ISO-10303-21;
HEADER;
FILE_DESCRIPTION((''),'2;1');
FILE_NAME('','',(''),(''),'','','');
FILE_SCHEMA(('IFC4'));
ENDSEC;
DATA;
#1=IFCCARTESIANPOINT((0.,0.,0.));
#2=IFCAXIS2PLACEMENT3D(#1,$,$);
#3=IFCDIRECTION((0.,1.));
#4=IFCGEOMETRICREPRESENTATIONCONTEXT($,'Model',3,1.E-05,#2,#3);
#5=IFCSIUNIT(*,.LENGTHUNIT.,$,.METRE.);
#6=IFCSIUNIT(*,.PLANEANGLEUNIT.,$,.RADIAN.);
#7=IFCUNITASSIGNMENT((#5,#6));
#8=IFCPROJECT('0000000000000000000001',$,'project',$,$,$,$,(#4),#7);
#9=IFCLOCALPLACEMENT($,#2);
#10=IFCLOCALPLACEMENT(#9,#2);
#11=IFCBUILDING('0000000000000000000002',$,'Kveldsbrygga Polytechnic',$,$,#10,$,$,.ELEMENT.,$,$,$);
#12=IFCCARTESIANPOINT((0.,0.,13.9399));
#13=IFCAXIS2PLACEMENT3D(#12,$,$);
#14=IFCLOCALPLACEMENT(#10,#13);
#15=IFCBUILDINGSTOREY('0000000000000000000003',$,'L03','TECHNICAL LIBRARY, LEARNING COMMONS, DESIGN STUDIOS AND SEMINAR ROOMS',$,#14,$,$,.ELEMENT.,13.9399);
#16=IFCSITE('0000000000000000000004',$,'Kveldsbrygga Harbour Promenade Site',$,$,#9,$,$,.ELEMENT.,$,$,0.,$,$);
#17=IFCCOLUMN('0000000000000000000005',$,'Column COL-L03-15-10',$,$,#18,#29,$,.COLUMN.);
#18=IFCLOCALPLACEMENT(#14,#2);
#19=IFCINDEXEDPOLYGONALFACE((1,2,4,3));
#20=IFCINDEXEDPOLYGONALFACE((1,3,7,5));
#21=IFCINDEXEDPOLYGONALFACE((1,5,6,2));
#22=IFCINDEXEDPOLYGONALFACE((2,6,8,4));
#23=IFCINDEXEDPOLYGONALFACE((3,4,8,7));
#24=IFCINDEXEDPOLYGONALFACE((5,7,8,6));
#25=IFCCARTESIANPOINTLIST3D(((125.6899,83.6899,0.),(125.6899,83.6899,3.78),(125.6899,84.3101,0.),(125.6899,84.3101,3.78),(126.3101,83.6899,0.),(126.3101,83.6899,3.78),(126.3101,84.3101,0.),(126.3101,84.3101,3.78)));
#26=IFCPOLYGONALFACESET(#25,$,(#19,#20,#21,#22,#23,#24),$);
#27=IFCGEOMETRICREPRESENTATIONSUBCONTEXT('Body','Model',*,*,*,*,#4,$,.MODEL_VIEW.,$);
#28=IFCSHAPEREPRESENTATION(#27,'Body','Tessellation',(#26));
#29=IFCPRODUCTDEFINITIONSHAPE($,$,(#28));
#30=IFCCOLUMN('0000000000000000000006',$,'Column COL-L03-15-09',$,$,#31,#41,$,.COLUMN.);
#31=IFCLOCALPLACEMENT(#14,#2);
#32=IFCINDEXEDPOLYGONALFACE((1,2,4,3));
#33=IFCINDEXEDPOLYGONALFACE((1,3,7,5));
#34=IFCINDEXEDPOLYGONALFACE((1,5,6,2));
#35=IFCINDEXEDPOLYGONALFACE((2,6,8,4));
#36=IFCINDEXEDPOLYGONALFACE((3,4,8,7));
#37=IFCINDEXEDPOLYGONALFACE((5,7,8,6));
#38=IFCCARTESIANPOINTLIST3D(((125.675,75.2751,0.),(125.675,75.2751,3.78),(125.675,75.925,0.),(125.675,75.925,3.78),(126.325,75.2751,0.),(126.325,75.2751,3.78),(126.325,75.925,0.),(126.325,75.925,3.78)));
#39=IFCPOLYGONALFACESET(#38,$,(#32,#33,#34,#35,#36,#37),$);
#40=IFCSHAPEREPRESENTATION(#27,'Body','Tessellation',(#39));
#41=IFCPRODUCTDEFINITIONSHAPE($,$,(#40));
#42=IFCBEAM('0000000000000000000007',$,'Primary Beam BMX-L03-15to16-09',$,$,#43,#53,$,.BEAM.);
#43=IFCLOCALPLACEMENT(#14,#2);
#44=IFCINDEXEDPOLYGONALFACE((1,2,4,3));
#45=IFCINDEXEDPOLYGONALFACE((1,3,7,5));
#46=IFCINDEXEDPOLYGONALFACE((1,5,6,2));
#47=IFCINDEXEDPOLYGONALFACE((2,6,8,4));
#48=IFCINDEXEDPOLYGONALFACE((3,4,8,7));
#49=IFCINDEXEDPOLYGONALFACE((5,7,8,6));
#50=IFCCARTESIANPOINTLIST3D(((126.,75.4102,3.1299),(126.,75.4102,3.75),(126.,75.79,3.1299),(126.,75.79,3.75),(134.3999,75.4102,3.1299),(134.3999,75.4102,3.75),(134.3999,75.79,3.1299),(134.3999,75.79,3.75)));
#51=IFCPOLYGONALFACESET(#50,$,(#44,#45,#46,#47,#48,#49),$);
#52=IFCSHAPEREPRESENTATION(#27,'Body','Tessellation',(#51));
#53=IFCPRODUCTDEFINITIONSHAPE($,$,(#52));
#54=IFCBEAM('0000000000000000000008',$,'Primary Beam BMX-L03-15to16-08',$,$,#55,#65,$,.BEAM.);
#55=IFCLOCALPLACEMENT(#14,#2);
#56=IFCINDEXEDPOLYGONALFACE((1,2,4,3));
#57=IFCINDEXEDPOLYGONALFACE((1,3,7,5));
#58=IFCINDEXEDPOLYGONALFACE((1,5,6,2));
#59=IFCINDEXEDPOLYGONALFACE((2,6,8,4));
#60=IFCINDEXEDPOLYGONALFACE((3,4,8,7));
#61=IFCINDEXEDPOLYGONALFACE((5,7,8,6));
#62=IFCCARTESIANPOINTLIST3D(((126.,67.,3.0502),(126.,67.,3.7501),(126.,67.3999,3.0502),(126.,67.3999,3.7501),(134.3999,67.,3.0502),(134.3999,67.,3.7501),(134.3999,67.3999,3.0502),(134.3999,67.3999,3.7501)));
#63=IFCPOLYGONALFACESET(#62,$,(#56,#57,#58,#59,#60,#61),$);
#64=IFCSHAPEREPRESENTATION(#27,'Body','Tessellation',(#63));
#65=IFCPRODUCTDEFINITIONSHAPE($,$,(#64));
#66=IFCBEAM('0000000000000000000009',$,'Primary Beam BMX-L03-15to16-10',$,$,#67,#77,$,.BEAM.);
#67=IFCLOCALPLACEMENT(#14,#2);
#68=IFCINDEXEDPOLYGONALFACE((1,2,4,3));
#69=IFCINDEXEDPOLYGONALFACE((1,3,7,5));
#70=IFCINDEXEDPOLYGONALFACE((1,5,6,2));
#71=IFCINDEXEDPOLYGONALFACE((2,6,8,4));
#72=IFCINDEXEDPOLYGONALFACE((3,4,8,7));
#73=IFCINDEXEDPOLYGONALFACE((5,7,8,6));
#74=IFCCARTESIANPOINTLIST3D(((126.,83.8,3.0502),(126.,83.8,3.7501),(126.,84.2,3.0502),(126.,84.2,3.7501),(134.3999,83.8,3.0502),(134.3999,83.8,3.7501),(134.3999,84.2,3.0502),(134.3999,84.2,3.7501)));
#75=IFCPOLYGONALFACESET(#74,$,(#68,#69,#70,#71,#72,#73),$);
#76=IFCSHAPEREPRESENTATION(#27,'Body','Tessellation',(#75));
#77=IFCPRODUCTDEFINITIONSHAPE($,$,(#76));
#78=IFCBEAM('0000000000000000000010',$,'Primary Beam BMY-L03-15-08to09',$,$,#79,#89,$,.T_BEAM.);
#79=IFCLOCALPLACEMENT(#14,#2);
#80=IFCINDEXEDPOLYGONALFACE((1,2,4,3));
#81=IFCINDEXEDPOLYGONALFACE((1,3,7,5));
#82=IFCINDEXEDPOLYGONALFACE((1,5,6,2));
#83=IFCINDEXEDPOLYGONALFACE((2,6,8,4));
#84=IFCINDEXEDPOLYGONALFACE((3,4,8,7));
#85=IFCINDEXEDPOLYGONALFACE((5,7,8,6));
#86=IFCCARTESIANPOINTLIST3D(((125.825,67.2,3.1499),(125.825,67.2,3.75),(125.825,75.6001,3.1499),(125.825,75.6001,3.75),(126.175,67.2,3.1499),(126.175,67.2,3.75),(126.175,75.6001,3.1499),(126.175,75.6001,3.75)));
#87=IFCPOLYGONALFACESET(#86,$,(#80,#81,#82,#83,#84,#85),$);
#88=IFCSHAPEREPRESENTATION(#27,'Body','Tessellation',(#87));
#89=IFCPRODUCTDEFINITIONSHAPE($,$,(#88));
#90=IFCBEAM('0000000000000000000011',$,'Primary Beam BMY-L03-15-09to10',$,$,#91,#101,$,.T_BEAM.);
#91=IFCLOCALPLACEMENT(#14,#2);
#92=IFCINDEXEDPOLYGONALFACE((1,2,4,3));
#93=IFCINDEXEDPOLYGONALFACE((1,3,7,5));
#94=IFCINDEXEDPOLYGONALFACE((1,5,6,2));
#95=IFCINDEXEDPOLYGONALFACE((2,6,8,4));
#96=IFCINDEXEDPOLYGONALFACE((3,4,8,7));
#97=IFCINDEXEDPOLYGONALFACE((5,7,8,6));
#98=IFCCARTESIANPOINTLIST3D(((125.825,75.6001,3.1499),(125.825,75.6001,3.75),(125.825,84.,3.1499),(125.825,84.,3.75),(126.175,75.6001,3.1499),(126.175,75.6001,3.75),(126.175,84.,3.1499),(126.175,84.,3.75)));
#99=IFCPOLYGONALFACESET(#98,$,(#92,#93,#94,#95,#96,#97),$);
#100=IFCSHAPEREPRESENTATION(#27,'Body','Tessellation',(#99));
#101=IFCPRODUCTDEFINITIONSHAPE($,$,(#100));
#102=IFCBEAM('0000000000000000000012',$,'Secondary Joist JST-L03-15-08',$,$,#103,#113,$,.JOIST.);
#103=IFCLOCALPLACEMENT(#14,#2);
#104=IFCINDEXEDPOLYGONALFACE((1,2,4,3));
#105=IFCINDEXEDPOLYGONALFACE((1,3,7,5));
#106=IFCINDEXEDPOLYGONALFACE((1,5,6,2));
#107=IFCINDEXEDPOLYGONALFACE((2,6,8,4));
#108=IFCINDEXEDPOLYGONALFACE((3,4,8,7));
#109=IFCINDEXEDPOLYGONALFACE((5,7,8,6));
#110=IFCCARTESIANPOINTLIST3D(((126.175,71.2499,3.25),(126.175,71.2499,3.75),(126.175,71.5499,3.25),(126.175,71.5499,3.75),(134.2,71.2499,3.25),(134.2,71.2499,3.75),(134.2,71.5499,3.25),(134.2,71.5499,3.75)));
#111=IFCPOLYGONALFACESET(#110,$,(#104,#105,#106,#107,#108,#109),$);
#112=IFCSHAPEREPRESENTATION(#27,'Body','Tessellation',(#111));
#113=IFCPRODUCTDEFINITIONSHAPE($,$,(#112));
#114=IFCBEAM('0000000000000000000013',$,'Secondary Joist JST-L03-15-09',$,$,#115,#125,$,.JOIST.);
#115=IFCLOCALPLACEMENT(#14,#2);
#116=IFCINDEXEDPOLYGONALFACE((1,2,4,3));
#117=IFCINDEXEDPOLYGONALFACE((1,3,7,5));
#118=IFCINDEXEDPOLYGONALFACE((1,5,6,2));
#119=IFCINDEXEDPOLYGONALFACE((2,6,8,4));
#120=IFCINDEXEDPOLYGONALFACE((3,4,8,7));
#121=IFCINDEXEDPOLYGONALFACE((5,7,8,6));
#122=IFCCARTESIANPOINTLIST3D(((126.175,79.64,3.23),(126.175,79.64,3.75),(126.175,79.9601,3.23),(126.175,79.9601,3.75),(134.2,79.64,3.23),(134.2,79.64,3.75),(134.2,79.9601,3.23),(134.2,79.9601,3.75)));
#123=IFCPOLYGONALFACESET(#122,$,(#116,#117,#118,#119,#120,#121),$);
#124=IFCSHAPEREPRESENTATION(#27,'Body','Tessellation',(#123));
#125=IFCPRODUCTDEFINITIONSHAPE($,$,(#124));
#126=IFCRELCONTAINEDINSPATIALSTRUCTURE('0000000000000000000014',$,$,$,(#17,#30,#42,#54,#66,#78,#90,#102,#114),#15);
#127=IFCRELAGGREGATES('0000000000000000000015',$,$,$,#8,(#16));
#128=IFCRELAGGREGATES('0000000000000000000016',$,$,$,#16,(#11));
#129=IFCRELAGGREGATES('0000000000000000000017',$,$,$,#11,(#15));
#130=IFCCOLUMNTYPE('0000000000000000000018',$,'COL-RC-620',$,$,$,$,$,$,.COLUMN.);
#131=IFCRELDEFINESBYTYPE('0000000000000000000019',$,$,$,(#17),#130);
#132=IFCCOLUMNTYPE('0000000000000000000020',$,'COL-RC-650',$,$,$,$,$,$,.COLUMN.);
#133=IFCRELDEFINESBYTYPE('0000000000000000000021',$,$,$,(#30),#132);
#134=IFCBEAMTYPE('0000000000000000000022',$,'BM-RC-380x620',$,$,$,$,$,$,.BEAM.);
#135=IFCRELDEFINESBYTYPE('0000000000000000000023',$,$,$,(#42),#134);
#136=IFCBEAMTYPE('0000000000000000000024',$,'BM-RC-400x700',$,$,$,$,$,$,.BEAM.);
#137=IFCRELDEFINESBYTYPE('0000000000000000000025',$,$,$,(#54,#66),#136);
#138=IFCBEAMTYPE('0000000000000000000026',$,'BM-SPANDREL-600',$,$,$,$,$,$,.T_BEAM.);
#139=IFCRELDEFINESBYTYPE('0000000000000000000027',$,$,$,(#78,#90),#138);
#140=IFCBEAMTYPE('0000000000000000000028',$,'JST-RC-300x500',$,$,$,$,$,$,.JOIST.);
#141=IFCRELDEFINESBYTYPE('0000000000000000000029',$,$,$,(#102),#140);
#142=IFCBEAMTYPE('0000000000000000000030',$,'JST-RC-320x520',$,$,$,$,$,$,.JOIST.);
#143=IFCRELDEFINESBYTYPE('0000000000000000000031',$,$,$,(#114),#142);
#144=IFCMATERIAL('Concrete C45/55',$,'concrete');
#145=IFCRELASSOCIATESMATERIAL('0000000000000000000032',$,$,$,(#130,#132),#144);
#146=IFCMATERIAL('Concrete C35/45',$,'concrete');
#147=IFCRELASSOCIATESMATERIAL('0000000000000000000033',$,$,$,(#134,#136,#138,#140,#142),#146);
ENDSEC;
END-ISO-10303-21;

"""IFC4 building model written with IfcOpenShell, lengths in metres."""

from ifc_helpers import new_model, si_unit, direction, frame, origin, origin_2d, place, context, subcontext, project, spatial, rectangle, extrude, material, material_profile, profile_set, type_object, element, save


model = new_model("IFC4")

# Units and contexts
model_context = context("Model", 3, precision=1e-05, world=origin(), true_north=direction((0.0, 1.0)))
body_context = subcontext(model_context, "Body", "Model", "MODEL_VIEW")
ifc_project = project(units=[si_unit("LENGTHUNIT", "METRE"), si_unit("PLANEANGLEUNIT", "RADIAN")], contexts=[model_context])

# Site, building, storey
site_placement = place(None, origin())
site = spatial("IfcSite", under=ifc_project, at=site_placement, Name="Kveldsbrygga Harbour Promenade Site", CompositionType="ELEMENT", RefElevation=0.0)
building_placement = place(site_placement, origin())
building = spatial("IfcBuilding", under=site, at=building_placement, Name="Kveldsbrygga Polytechnic", CompositionType="ELEMENT")
storey_placement = place(building_placement, frame((0.0, 0.0, 13.9399)))
storey = spatial("IfcBuildingStorey", under=building, at=storey_placement, Name="L03", Description="TECHNICAL LIBRARY, LEARNING COMMONS, DESIGN STUDIOS AND SEMINAR ROOMS", CompositionType="ELEMENT", Elevation=13.9399)

# Columns
ifc_material_1 = material(Name="Concrete C45/55", Category="concrete")
ifc_material_profile_1 = material_profile(ifc_material_1, rectangle(XDim=0.6201, YDim=0.6201, at=origin_2d()), Name="RC 620x620")
ifc_profile_set_1 = profile_set([ifc_material_profile_1], Name="Concrete C45/55")
column_type_1 = type_object("IfcColumnType", Name="COL-RC-620", PredefinedType="COLUMN", material=ifc_profile_set_1)
column_1_placement = place(storey_placement, frame((126.0, 84.0, 0.0), z_axis=(0.0, 0.0, 1.0), x_axis=(1.0, 0.0, 0.0)))
element("IfcColumn", 1, at=column_1_placement, inside=storey, type_object=column_type_1, Name="Column COL-L03-15-10", PredefinedType="COLUMN", context=body_context, shape_type="SweptSolid", body=[
    extrude(rectangle(XDim=0.6201, YDim=0.6201, at=origin_2d()), origin(), (0.0, 0.0, 1.0), 3.78),
])
ifc_material_profile_2 = material_profile(ifc_material_1, rectangle(XDim=0.6499, YDim=0.6499, at=origin_2d()), Name="RC 650x650")
ifc_profile_set_2 = profile_set([ifc_material_profile_2], Name="Concrete C45/55")
column_type_2 = type_object("IfcColumnType", Name="COL-RC-650", PredefinedType="COLUMN", material=ifc_profile_set_2)
column_2_placement = place(storey_placement, frame((126.0, 75.6001, 0.0), z_axis=(0.0, 0.0, 1.0), x_axis=(1.0, 0.0, 0.0)))
element("IfcColumn", 2, at=column_2_placement, inside=storey, type_object=column_type_2, Name="Column COL-L03-15-09", PredefinedType="COLUMN", context=body_context, shape_type="SweptSolid", body=[
    extrude(rectangle(XDim=0.6499, YDim=0.6499, at=origin_2d()), origin(), (0.0, 0.0, 1.0), 3.78),
])

# Beams
ifc_material_2 = material(Name="Concrete C35/45", Category="concrete")
ifc_material_profile_3 = material_profile(ifc_material_2, rectangle(XDim=0.3799, YDim=0.6201, at=origin_2d()), Name="RC 380x620")
ifc_profile_set_3 = profile_set([ifc_material_profile_3], Name="Concrete C35/45")
beam_type_1 = type_object("IfcBeamType", Name="BM-RC-380x620", PredefinedType="BEAM", material=ifc_profile_set_3)
beam_1_placement = place(storey_placement, frame((126.0, 75.6001, 3.4399), z_axis=(1.0, 0.0, 0.0), x_axis=(0.0, 1.0, 0.0)))
element("IfcBeam", 3, at=beam_1_placement, inside=storey, type_object=beam_type_1, Name="Primary Beam BMX-L03-15to16-09", PredefinedType="BEAM", context=body_context, shape_type="SweptSolid", body=[
    extrude(rectangle(XDim=0.3799, YDim=0.6201, at=origin_2d()), origin(), (0.0, 0.0, 1.0), 8.3999),
])
ifc_material_profile_4 = material_profile(ifc_material_2, rectangle(XDim=0.3999, YDim=0.7, at=origin_2d()), Name="RC 400x700")
ifc_profile_set_4 = profile_set([ifc_material_profile_4], Name="Concrete C35/45")
beam_type_2 = type_object("IfcBeamType", Name="BM-RC-400x700", PredefinedType="BEAM", material=ifc_profile_set_4)
for number, where, z_axis, x_axis, name in (
    (4, (126.0, 67.2, 3.4001), (1.0, 0.0, 0.0), (0.0, 1.0, 0.0), "Primary Beam BMX-L03-15to16-08"),
    (5, (126.0, 84.0, 3.4001), (1.0, 0.0, 0.0), (0.0, 1.0, 0.0), "Primary Beam BMX-L03-15to16-10"),
):
    element("IfcBeam", number, at=place(storey_placement, frame(where, z_axis=z_axis, x_axis=x_axis)), inside=storey, type_object=beam_type_2, Name=name, PredefinedType="BEAM", context=body_context, shape_type="SweptSolid", body=[
        extrude(rectangle(XDim=0.3999, YDim=0.7, at=origin_2d()), origin(), (0.0, 0.0, 1.0), 8.3999),
    ])
ifc_material_profile_5 = material_profile(ifc_material_2, rectangle(XDim=0.3501, YDim=0.6001, at=origin_2d()), Name="RC 350x600")
ifc_profile_set_5 = profile_set([ifc_material_profile_5], Name="Concrete C35/45")
beam_type_3 = type_object("IfcBeamType", Name="BM-SPANDREL-600", PredefinedType="T_BEAM", material=ifc_profile_set_5)
beam_2_placement = place(storey_placement, frame((126.0, 67.2, 3.45), z_axis=(0.0, 1.0, 0.0), x_axis=(-1.0, 0.0, 0.0)))
element("IfcBeam", 6, at=beam_2_placement, inside=storey, type_object=beam_type_3, Name="Primary Beam BMY-L03-15-08to09", PredefinedType="T_BEAM", context=body_context, shape_type="SweptSolid", body=[
    extrude(rectangle(XDim=0.3501, YDim=0.6001, at=origin_2d()), origin(), (0.0, 0.0, 1.0), 8.4001),
])
beam_3_placement = place(storey_placement, frame((126.0, 75.6001, 3.45), z_axis=(0.0, 1.0, 0.0), x_axis=(-1.0, 0.0, 0.0)))
element("IfcBeam", 7, at=beam_3_placement, inside=storey, type_object=beam_type_3, Name="Primary Beam BMY-L03-15-09to10", PredefinedType="T_BEAM", context=body_context, shape_type="SweptSolid", body=[
    extrude(rectangle(XDim=0.3501, YDim=0.6001, at=origin_2d()), origin(), (0.0, 0.0, 1.0), 8.3999),
])
ifc_material_profile_6 = material_profile(ifc_material_2, rectangle(XDim=0.3, YDim=0.5, at=origin_2d()), Name="RC 300x500")
ifc_profile_set_6 = profile_set([ifc_material_profile_6], Name="Concrete C35/45")
beam_type_4 = type_object("IfcBeamType", Name="JST-RC-300x500", PredefinedType="JOIST", material=ifc_profile_set_6)
beam_4_placement = place(storey_placement, frame((126.175, 71.3999, 3.5), z_axis=(1.0, 0.0, 0.0), x_axis=(0.0, 1.0, 0.0)))
element("IfcBeam", 8, at=beam_4_placement, inside=storey, type_object=beam_type_4, Name="Secondary Joist JST-L03-15-08", PredefinedType="JOIST", context=body_context, shape_type="SweptSolid", body=[
    extrude(rectangle(XDim=0.3, YDim=0.5, at=origin_2d()), origin(), (0.0, 0.0, 1.0), 8.0249),
])
ifc_material_profile_7 = material_profile(ifc_material_2, rectangle(XDim=0.3201, YDim=0.52, at=origin_2d()), Name="RC 320x520")
ifc_profile_set_7 = profile_set([ifc_material_profile_7], Name="Concrete C35/45")
beam_type_5 = type_object("IfcBeamType", Name="JST-RC-320x520", PredefinedType="JOIST", material=ifc_profile_set_7)
beam_5_placement = place(storey_placement, frame((126.175, 79.8, 3.49), z_axis=(1.0, 0.0, 0.0), x_axis=(0.0, 1.0, 0.0)))
element("IfcBeam", 9, at=beam_5_placement, inside=storey, type_object=beam_type_5, Name="Secondary Joist JST-L03-15-09", PredefinedType="JOIST", context=body_context, shape_type="SweptSolid", body=[
    extrude(rectangle(XDim=0.3201, YDim=0.52, at=origin_2d()), origin(), (0.0, 0.0, 1.0), 8.0249),
])

save(model, "model.ifc")
